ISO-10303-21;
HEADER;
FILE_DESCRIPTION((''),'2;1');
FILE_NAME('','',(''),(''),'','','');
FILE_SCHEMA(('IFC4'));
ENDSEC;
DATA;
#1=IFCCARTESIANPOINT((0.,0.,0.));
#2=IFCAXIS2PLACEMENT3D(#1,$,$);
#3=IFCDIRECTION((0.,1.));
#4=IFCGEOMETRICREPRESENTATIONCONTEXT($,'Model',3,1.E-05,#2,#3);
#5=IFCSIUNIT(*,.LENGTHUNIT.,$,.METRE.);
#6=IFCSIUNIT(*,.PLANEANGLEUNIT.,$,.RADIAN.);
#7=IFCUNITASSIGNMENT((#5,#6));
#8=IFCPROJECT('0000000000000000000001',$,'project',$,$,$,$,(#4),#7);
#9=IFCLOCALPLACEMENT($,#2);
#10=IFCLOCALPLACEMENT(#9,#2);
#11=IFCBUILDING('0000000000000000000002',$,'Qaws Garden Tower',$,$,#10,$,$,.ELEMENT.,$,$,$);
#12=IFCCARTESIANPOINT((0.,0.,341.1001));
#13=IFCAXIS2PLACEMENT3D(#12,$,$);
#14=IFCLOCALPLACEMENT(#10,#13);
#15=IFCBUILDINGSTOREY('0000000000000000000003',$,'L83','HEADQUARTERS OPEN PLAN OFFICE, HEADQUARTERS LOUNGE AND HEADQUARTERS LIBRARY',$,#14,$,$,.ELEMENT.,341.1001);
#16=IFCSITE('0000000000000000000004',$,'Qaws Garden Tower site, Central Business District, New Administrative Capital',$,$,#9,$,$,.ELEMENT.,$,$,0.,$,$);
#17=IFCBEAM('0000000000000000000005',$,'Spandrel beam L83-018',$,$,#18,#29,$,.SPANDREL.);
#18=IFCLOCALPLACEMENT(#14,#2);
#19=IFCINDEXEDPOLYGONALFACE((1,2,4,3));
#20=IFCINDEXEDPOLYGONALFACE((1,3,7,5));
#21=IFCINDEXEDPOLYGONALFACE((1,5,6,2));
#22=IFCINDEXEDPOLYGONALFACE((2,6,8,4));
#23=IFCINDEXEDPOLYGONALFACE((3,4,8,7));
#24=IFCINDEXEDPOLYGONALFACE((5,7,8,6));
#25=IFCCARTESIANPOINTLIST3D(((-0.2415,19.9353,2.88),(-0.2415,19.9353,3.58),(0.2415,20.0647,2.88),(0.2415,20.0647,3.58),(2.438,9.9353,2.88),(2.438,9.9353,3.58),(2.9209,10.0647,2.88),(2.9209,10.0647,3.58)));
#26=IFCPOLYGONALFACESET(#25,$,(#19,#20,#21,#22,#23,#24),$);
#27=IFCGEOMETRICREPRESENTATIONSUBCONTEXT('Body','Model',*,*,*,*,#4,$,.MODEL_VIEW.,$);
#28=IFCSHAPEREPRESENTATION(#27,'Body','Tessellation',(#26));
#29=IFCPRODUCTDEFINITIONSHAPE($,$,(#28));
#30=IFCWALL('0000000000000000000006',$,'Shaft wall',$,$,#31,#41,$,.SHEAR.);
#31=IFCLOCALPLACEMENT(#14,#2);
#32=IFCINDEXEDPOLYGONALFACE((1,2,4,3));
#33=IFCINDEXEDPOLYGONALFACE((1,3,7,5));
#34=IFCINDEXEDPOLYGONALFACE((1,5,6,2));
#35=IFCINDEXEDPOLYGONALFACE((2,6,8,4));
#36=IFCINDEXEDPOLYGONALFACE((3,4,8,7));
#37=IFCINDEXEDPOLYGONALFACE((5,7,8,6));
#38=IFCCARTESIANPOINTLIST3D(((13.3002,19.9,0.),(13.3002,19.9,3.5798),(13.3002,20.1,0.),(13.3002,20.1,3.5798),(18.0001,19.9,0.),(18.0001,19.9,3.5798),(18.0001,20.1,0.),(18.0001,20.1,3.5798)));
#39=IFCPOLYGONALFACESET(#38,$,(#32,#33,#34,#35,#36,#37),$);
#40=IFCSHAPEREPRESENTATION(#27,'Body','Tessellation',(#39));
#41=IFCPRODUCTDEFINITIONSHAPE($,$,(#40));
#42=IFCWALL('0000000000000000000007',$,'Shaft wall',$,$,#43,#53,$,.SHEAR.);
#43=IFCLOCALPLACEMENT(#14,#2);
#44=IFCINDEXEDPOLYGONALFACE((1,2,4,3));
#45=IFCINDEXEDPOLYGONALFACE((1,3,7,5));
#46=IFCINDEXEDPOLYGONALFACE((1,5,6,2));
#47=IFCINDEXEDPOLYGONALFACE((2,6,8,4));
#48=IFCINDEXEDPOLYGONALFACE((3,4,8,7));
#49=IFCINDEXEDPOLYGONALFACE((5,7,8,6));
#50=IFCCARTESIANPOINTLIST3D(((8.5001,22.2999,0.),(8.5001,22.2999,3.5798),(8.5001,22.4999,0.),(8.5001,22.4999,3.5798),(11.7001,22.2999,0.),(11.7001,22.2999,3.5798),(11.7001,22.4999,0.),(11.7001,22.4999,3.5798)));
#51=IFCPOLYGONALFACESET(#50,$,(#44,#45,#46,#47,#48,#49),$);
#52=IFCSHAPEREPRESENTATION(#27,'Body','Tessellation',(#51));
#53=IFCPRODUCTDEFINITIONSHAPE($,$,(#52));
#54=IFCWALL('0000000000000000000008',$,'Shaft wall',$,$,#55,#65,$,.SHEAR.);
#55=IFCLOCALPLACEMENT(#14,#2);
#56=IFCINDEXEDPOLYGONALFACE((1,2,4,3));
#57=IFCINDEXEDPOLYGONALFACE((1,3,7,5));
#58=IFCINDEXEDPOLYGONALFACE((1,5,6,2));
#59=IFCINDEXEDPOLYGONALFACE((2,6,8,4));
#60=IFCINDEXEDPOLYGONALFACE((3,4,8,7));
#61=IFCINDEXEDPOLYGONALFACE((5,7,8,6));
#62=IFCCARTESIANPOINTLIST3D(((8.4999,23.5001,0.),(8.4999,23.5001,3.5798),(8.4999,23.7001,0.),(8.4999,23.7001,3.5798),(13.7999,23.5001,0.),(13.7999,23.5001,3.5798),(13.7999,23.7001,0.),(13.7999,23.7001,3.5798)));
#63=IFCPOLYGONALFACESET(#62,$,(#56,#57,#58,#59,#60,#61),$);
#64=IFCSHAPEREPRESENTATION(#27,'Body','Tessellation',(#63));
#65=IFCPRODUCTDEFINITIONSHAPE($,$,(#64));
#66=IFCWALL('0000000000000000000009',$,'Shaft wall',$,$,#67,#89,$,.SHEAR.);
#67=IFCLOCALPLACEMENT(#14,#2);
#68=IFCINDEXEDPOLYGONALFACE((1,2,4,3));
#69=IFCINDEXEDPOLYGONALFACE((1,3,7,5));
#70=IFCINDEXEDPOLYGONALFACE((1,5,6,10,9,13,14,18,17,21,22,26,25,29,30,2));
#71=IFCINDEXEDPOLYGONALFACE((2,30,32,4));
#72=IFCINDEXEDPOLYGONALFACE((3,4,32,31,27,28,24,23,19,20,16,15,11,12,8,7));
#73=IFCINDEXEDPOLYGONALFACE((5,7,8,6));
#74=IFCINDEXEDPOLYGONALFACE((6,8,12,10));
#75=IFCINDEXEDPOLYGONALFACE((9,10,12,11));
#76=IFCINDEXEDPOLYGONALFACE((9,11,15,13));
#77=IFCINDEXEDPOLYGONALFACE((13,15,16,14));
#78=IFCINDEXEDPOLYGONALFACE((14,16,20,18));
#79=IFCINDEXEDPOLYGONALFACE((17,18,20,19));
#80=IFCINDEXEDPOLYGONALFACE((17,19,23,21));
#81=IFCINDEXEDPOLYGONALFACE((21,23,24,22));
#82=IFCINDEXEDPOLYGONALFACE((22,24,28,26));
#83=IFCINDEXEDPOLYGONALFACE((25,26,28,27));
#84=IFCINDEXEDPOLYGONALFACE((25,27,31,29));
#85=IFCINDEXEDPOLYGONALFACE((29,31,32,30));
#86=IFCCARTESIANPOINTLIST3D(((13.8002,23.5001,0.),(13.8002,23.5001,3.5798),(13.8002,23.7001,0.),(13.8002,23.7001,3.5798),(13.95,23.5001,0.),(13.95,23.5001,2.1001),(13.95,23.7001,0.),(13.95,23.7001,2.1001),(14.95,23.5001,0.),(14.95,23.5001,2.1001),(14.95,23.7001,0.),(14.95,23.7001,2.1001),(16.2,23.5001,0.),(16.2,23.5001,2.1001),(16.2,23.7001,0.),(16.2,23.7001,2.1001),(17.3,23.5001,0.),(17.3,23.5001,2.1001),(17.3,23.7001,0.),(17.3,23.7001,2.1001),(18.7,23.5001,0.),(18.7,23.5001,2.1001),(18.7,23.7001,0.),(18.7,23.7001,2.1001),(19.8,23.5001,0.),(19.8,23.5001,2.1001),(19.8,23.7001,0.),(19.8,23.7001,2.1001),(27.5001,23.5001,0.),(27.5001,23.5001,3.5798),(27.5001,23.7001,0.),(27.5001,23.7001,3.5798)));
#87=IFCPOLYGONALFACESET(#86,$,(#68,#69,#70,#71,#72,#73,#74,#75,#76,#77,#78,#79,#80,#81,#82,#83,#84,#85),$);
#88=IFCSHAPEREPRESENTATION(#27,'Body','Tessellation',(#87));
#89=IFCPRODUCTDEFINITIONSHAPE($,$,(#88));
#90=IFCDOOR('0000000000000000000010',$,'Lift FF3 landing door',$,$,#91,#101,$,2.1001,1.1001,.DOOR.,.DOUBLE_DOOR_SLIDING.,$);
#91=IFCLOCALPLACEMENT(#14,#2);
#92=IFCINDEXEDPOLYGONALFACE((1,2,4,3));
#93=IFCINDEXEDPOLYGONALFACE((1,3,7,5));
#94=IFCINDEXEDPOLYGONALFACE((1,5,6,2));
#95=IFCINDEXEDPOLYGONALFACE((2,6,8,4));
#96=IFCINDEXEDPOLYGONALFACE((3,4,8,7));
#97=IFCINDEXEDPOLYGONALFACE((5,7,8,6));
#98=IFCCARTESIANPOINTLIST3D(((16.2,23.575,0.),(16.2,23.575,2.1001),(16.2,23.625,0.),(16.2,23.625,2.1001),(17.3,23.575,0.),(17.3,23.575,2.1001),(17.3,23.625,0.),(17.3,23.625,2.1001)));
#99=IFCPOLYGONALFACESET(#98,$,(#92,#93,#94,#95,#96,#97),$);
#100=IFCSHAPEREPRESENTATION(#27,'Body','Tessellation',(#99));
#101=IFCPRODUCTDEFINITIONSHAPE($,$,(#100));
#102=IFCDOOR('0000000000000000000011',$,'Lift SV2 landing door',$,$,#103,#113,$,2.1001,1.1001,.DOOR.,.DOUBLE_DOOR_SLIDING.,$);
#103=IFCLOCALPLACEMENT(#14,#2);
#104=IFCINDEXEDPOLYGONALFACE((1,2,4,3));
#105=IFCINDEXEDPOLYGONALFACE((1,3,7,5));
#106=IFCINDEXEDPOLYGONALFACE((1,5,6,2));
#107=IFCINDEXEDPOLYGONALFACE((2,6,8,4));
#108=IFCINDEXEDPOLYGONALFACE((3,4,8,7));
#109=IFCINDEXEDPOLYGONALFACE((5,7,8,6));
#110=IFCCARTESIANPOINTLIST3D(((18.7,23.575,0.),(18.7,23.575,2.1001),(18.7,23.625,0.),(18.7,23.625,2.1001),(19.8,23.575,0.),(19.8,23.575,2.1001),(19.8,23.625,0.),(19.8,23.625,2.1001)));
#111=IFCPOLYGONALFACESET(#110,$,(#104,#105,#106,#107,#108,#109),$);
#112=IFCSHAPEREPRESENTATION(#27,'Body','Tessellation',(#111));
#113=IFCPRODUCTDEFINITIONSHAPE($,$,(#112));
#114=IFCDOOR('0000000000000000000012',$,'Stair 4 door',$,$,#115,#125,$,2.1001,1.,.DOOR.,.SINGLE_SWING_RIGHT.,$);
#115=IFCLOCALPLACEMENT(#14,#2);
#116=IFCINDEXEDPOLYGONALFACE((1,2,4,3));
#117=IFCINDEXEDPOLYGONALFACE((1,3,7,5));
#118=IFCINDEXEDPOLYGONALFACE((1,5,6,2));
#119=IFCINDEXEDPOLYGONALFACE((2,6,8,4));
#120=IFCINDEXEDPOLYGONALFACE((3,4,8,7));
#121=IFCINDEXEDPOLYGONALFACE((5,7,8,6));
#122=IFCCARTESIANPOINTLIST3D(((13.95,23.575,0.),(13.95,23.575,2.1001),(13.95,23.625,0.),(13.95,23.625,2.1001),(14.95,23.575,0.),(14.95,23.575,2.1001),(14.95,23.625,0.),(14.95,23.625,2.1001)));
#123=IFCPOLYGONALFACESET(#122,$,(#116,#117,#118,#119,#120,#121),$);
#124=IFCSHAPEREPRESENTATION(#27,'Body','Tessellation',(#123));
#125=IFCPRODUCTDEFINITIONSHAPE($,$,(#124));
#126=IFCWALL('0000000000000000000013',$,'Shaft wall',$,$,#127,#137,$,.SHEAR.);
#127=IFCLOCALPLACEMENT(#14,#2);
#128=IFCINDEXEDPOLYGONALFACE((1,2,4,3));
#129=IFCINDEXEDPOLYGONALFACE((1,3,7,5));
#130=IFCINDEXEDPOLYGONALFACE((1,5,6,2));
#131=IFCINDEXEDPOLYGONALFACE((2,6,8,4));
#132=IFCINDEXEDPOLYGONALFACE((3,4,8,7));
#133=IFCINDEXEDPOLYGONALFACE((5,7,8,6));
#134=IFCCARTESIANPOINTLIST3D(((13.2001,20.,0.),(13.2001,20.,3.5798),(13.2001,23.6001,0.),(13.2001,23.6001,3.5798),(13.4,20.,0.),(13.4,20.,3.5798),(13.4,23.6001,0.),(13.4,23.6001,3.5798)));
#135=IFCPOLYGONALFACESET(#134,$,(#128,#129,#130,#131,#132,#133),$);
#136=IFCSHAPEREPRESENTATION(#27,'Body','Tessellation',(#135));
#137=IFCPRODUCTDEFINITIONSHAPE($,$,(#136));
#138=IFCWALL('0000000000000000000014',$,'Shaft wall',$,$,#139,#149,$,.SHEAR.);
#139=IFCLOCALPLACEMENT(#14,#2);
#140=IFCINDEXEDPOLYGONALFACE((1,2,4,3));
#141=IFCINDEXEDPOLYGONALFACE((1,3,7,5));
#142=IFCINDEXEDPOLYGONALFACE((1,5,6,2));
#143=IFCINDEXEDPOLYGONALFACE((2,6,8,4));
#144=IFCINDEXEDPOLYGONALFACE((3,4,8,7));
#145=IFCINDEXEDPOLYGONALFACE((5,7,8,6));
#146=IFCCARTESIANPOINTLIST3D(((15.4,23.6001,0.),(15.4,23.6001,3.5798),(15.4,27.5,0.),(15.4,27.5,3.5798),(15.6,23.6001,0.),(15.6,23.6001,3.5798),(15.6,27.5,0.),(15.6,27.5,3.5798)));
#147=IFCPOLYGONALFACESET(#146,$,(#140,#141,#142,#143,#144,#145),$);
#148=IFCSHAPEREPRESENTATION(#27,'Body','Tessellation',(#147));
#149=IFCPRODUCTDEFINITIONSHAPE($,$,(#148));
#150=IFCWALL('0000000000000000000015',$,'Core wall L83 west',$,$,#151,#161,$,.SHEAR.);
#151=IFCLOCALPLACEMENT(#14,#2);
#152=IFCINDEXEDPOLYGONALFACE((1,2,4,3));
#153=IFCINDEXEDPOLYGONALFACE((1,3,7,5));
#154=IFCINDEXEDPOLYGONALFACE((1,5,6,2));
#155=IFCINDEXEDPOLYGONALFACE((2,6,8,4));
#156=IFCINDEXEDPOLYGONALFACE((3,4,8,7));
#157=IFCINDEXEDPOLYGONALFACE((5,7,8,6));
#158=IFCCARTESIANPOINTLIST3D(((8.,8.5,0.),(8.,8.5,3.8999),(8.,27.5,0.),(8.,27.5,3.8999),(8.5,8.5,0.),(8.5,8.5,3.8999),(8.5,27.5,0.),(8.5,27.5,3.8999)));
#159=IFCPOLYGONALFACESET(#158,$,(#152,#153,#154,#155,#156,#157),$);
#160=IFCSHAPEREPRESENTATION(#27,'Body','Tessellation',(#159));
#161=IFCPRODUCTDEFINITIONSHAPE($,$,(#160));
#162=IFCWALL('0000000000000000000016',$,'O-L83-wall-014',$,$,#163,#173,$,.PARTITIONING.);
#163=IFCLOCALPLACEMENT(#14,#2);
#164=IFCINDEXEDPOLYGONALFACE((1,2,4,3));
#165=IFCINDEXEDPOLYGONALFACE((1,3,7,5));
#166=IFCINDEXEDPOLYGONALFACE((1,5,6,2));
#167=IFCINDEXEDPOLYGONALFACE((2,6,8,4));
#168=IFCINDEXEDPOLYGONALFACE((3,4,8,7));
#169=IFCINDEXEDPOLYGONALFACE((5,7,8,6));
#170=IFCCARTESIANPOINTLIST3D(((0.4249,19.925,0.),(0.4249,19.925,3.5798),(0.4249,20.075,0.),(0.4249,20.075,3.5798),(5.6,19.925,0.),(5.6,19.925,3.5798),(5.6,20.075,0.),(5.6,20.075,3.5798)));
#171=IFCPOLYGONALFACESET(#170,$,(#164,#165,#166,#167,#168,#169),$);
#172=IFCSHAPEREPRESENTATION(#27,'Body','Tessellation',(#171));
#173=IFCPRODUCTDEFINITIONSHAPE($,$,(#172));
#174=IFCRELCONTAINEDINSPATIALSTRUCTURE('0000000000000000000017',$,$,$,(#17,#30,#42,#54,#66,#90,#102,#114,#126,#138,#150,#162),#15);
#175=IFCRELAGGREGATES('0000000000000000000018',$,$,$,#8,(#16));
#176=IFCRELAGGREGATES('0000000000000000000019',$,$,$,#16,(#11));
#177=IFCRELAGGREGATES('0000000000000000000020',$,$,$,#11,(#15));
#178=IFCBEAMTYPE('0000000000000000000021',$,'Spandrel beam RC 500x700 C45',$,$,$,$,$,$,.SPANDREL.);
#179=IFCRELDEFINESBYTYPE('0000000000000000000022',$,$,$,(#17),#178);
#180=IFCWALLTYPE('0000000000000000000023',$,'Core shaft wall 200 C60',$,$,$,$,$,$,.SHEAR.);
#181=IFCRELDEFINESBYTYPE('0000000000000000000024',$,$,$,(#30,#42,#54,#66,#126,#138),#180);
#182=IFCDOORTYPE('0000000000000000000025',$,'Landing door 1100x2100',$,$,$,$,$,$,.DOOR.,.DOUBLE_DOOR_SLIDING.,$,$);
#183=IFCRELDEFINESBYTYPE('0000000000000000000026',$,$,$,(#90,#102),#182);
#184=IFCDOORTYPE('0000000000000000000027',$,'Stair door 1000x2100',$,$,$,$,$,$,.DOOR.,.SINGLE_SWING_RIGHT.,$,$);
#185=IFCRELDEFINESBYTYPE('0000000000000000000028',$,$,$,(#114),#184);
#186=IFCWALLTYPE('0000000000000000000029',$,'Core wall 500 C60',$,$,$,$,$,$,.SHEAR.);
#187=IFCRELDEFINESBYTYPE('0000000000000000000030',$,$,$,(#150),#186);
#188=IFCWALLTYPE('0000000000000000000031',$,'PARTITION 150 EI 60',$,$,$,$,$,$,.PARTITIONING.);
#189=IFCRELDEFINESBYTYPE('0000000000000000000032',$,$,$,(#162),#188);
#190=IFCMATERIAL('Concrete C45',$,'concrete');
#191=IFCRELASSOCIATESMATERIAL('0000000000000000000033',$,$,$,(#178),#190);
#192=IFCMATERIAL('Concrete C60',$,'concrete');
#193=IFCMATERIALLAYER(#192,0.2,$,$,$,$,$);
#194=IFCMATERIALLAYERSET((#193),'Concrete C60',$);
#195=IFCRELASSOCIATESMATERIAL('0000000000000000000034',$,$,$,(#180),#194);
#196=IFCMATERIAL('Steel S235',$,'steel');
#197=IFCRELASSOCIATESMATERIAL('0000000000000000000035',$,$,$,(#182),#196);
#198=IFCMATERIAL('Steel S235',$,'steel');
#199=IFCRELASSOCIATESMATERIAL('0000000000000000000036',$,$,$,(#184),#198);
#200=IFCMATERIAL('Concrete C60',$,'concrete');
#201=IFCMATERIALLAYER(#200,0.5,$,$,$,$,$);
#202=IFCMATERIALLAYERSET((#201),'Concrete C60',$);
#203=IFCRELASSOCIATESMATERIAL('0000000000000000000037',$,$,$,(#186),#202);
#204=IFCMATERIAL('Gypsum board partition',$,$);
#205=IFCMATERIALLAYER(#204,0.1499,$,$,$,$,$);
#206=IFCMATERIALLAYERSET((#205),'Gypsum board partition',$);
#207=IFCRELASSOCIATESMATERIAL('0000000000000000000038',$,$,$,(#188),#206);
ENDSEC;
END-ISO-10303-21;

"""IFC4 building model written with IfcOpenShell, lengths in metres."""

from ifc_helpers import new_model, si_unit, direction, frame, frame_2d, origin, origin_2d, place, context, subcontext, project, spatial, rectangle, extrude, material, layer, layer_set, material_profile, profile_set, type_object, element, fill, save


model = new_model("IFC4")

# Units and contexts
model_context = context("Model", 3, precision=1e-05, world=origin(), true_north=direction((0.0, 1.0)))
body_context = subcontext(model_context, "Body", "Model", "MODEL_VIEW")
ifc_project = project(units=[si_unit("LENGTHUNIT", "METRE"), si_unit("PLANEANGLEUNIT", "RADIAN")], contexts=[model_context])

# Site, building, storey
site_placement = place(None, origin())
site = spatial("IfcSite", under=ifc_project, at=site_placement, Name="Qaws Garden Tower site, Central Business District, New Administrative Capital", CompositionType="ELEMENT", RefElevation=0.0)
building_placement = place(site_placement, origin())
building = spatial("IfcBuilding", under=site, at=building_placement, Name="Qaws Garden Tower", CompositionType="ELEMENT")
storey_placement = place(building_placement, frame((0.0, 0.0, 341.1001)))
storey = spatial("IfcBuildingStorey", under=building, at=storey_placement, Name="L83", Description="HEADQUARTERS OPEN PLAN OFFICE, HEADQUARTERS LOUNGE AND HEADQUARTERS LIBRARY", CompositionType="ELEMENT", Elevation=341.1001)

# Beam
ifc_material_1 = material(Name="Concrete C45", Category="concrete")
ifc_material_profile = material_profile(ifc_material_1, rectangle(XDim=0.5, YDim=0.7, at=origin_2d()), Name="RC 500x700")
ifc_profile_set = profile_set([ifc_material_profile], Name="Concrete C45")
beam_type = type_object("IfcBeamType", Name="Spandrel beam RC 500x700 C45", PredefinedType="SPANDREL", material=ifc_profile_set)
beam_placement = place(storey_placement, frame((0.0, 20.0, 3.23), z_axis=(0.258815, -0.965927, 0.0), x_axis=(0.965927, 0.258815, 0.0)))
element("IfcBeam", 1, at=beam_placement, inside=storey, type_object=beam_type, Name="Spandrel beam L83-018", PredefinedType="SPANDREL", context=body_context, shape_type="SweptSolid", body=[
    extrude(rectangle(XDim=0.5, YDim=0.7, at=origin_2d()), origin(), (0.0, 0.0, 1.0), 10.3528),
])

# Walls
ifc_material_2 = material(Name="Concrete C60", Category="concrete")
ifc_layer_1 = layer(ifc_material_2, 0.2)
ifc_layer_set_1 = layer_set([ifc_layer_1], Name="Concrete C60")
wall_type_1 = type_object("IfcWallType", Name="Core shaft wall 200 C60", PredefinedType="SHEAR", material=ifc_layer_set_1)
wall_1_placement = place(storey_placement, frame((13.3, 20.0, 0.0), z_axis=(0.0, 0.0, 1.0), x_axis=(1.0, 0.0, 0.0)))
element("IfcWall", 2, at=wall_1_placement, inside=storey, type_object=wall_type_1, Name="Shaft wall", PredefinedType="SHEAR", context=body_context, shape_type="SweptSolid", body=[
    extrude(rectangle(XDim=4.7, YDim=0.2, at=frame_2d((2.3501, 0.0))), origin(), (0.0, 0.0, 1.0), 3.5798),
])
wall_2_placement = place(storey_placement, frame((8.5, 22.3999, 0.0), z_axis=(0.0, 0.0, 1.0), x_axis=(1.0, 0.0, 0.0)))
element("IfcWall", 3, at=wall_2_placement, inside=storey, type_object=wall_type_1, Name="Shaft wall", PredefinedType="SHEAR", context=body_context, shape_type="SweptSolid", body=[
    extrude(rectangle(XDim=3.2, YDim=0.2, at=frame_2d((1.6001, 0.0))), origin(), (0.0, 0.0, 1.0), 3.5798),
])
wall_3_placement = place(storey_placement, frame((8.5, 23.6001, 0.0), z_axis=(0.0, 0.0, 1.0), x_axis=(1.0, 0.0, 0.0)))
element("IfcWall", 4, at=wall_3_placement, inside=storey, type_object=wall_type_1, Name="Shaft wall", PredefinedType="SHEAR", context=body_context, shape_type="SweptSolid", body=[
    extrude(rectangle(XDim=5.3, YDim=0.2, at=frame_2d((2.6499, 0.0))), origin(), (0.0, 0.0, 1.0), 3.5798),
])

# Wall, openings, doors
wall_4_placement = place(storey_placement, frame((13.8, 23.6001, 0.0), z_axis=(0.0, 0.0, 1.0), x_axis=(1.0, 0.0, 0.0)))
wall_4 = element("IfcWall", 5, at=wall_4_placement, inside=storey, type_object=wall_type_1, Name="Shaft wall", PredefinedType="SHEAR", context=body_context, shape_type="SweptSolid", body=[
    extrude(rectangle(XDim=13.7, YDim=0.2, at=frame_2d((6.8501, 0.0))), origin(), (0.0, 0.0, 1.0), 3.5798),
])
opening_1_placement = place(wall_4_placement, frame((2.3999, 0.0, 0.0)))
opening_1 = element("IfcOpeningElement", 6, at=opening_1_placement, cuts=wall_4, PredefinedType="OPENING", context=body_context, shape_type="SweptSolid", body=[
    extrude(rectangle(XDim=1.1001, YDim=2.1001, at=frame_2d((0.55, 1.05))), frame((0.0, 0.1099, 0.0), z_axis=(0.0, -1.0, 0.0), x_axis=(1.0, 0.0, 0.0)), (0.0, 0.0, 1.0), 0.22),
])
opening_2_placement = place(wall_4_placement, frame((4.8999, 0.0, 0.0)))
opening_2 = element("IfcOpeningElement", 7, at=opening_2_placement, cuts=wall_4, PredefinedType="OPENING", context=body_context, shape_type="SweptSolid", body=[
    extrude(rectangle(XDim=1.1001, YDim=2.1001, at=frame_2d((0.55, 1.05))), frame((0.0, 0.1099, 0.0), z_axis=(0.0, -1.0, 0.0), x_axis=(1.0, 0.0, 0.0)), (0.0, 0.0, 1.0), 0.22),
])
opening_3_placement = place(wall_4_placement, frame((0.1499, 0.0, 0.0)))
opening_3 = element("IfcOpeningElement", 8, at=opening_3_placement, cuts=wall_4, PredefinedType="OPENING", context=body_context, shape_type="SweptSolid", body=[
    extrude(rectangle(XDim=1.0, YDim=2.1001, at=frame_2d((0.5, 1.05))), frame((0.0, 0.1099, 0.0), z_axis=(0.0, -1.0, 0.0), x_axis=(1.0, 0.0, 0.0)), (0.0, 0.0, 1.0), 0.22),
])
ifc_material_3 = material(Name="Steel S235", Category="steel")
door_type_1 = type_object("IfcDoorType", Name="Landing door 1100x2100", OperationType="DOUBLE_DOOR_SLIDING", PredefinedType="DOOR", material=ifc_material_3)
door_1_placement = place(opening_1_placement, origin())
door_1 = element("IfcDoor", 9, at=door_1_placement, inside=storey, type_object=door_type_1, Name="Lift FF3 landing door", OperationType="DOUBLE_DOOR_SLIDING", OverallHeight=2.1001, OverallWidth=1.1001, PredefinedType="DOOR", context=body_context, shape_type="SweptSolid", body=[
    extrude(rectangle(XDim=1.1001, YDim=2.1001, at=frame_2d((0.55, 1.05))), frame((0.0, 0.0249, 0.0), z_axis=(0.0, -1.0, 0.0), x_axis=(1.0, 0.0, 0.0)), (0.0, 0.0, 1.0), 0.05),
])
fill(opening_1, door_1)
door_2_placement = place(opening_2_placement, origin())
door_2 = element("IfcDoor", 10, at=door_2_placement, inside=storey, type_object=door_type_1, Name="Lift SV2 landing door", OperationType="DOUBLE_DOOR_SLIDING", OverallHeight=2.1001, OverallWidth=1.1001, PredefinedType="DOOR", context=body_context, shape_type="SweptSolid", body=[
    extrude(rectangle(XDim=1.1001, YDim=2.1001, at=frame_2d((0.55, 1.05))), frame((0.0, 0.0249, 0.0), z_axis=(0.0, -1.0, 0.0), x_axis=(1.0, 0.0, 0.0)), (0.0, 0.0, 1.0), 0.05),
])
fill(opening_2, door_2)
ifc_material_4 = material(Name="Steel S235", Category="steel")
door_type_2 = type_object("IfcDoorType", Name="Stair door 1000x2100", OperationType="SINGLE_SWING_RIGHT", PredefinedType="DOOR", material=ifc_material_4)
door_3_placement = place(opening_3_placement, origin())
door_3 = element("IfcDoor", 11, at=door_3_placement, inside=storey, type_object=door_type_2, Name="Stair 4 door", OperationType="SINGLE_SWING_RIGHT", OverallHeight=2.1001, OverallWidth=1.0, PredefinedType="DOOR", context=body_context, shape_type="SweptSolid", body=[
    extrude(rectangle(XDim=1.0, YDim=2.1001, at=frame_2d((0.5, 1.05))), frame((0.0, 0.0249, 0.0), z_axis=(0.0, -1.0, 0.0), x_axis=(1.0, 0.0, 0.0)), (0.0, 0.0, 1.0), 0.05),
])
fill(opening_3, door_3)

# Walls
wall_5_placement = place(storey_placement, frame((13.3, 20.0, 0.0), z_axis=(0.0, 0.0, 1.0), x_axis=(0.0, 1.0, 0.0)))
element("IfcWall", 12, at=wall_5_placement, inside=storey, type_object=wall_type_1, Name="Shaft wall", PredefinedType="SHEAR", context=body_context, shape_type="SweptSolid", body=[
    extrude(rectangle(XDim=3.6001, YDim=0.2, at=frame_2d((1.8, 0.0))), origin(), (0.0, 0.0, 1.0), 3.5798),
])
wall_6_placement = place(storey_placement, frame((15.5, 23.6001, 0.0), z_axis=(0.0, 0.0, 1.0), x_axis=(0.0, 1.0, 0.0)))
element("IfcWall", 13, at=wall_6_placement, inside=storey, type_object=wall_type_1, Name="Shaft wall", PredefinedType="SHEAR", context=body_context, shape_type="SweptSolid", body=[
    extrude(rectangle(XDim=3.8999, YDim=0.2, at=frame_2d((1.95, 0.0))), origin(), (0.0, 0.0, 1.0), 3.5798),
])
ifc_material_5 = material(Name="Concrete C60", Category="concrete")
ifc_layer_2 = layer(ifc_material_5, 0.5)
ifc_layer_set_2 = layer_set([ifc_layer_2], Name="Concrete C60")
wall_type_2 = type_object("IfcWallType", Name="Core wall 500 C60", PredefinedType="SHEAR", material=ifc_layer_set_2)
wall_7_placement = place(storey_placement, frame((8.25, 27.5, 0.0), z_axis=(0.0, 0.0, 1.0), x_axis=(0.0, -1.0, 0.0)))
element("IfcWall", 14, at=wall_7_placement, inside=storey, type_object=wall_type_2, Name="Core wall L83 west", PredefinedType="SHEAR", context=body_context, shape_type="SweptSolid", body=[
    extrude(rectangle(XDim=19.0, YDim=0.5, at=frame_2d((9.5, 0.0))), origin(), (0.0, 0.0, 1.0), 3.8999),
])
ifc_material_6 = material(Name="Gypsum board partition")
ifc_layer_3 = layer(ifc_material_6, 0.1499)
ifc_layer_set_3 = layer_set([ifc_layer_3], Name="Gypsum board partition")
wall_type_3 = type_object("IfcWallType", Name="PARTITION 150 EI 60", PredefinedType="PARTITIONING", material=ifc_layer_set_3)
wall_8_placement = place(storey_placement, frame((0.425, 20.0, 0.0), z_axis=(0.0, 0.0, 1.0), x_axis=(1.0, 0.0, 0.0)))
element("IfcWall", 15, at=wall_8_placement, inside=storey, type_object=wall_type_3, Name="O-L83-wall-014", PredefinedType="PARTITIONING", context=body_context, shape_type="SweptSolid", body=[
    extrude(rectangle(XDim=5.175, YDim=0.1499, at=frame_2d((2.5874, 0.0))), origin(), (0.0, 0.0, 1.0), 3.5798),
])

save(model, "model.ifc")
